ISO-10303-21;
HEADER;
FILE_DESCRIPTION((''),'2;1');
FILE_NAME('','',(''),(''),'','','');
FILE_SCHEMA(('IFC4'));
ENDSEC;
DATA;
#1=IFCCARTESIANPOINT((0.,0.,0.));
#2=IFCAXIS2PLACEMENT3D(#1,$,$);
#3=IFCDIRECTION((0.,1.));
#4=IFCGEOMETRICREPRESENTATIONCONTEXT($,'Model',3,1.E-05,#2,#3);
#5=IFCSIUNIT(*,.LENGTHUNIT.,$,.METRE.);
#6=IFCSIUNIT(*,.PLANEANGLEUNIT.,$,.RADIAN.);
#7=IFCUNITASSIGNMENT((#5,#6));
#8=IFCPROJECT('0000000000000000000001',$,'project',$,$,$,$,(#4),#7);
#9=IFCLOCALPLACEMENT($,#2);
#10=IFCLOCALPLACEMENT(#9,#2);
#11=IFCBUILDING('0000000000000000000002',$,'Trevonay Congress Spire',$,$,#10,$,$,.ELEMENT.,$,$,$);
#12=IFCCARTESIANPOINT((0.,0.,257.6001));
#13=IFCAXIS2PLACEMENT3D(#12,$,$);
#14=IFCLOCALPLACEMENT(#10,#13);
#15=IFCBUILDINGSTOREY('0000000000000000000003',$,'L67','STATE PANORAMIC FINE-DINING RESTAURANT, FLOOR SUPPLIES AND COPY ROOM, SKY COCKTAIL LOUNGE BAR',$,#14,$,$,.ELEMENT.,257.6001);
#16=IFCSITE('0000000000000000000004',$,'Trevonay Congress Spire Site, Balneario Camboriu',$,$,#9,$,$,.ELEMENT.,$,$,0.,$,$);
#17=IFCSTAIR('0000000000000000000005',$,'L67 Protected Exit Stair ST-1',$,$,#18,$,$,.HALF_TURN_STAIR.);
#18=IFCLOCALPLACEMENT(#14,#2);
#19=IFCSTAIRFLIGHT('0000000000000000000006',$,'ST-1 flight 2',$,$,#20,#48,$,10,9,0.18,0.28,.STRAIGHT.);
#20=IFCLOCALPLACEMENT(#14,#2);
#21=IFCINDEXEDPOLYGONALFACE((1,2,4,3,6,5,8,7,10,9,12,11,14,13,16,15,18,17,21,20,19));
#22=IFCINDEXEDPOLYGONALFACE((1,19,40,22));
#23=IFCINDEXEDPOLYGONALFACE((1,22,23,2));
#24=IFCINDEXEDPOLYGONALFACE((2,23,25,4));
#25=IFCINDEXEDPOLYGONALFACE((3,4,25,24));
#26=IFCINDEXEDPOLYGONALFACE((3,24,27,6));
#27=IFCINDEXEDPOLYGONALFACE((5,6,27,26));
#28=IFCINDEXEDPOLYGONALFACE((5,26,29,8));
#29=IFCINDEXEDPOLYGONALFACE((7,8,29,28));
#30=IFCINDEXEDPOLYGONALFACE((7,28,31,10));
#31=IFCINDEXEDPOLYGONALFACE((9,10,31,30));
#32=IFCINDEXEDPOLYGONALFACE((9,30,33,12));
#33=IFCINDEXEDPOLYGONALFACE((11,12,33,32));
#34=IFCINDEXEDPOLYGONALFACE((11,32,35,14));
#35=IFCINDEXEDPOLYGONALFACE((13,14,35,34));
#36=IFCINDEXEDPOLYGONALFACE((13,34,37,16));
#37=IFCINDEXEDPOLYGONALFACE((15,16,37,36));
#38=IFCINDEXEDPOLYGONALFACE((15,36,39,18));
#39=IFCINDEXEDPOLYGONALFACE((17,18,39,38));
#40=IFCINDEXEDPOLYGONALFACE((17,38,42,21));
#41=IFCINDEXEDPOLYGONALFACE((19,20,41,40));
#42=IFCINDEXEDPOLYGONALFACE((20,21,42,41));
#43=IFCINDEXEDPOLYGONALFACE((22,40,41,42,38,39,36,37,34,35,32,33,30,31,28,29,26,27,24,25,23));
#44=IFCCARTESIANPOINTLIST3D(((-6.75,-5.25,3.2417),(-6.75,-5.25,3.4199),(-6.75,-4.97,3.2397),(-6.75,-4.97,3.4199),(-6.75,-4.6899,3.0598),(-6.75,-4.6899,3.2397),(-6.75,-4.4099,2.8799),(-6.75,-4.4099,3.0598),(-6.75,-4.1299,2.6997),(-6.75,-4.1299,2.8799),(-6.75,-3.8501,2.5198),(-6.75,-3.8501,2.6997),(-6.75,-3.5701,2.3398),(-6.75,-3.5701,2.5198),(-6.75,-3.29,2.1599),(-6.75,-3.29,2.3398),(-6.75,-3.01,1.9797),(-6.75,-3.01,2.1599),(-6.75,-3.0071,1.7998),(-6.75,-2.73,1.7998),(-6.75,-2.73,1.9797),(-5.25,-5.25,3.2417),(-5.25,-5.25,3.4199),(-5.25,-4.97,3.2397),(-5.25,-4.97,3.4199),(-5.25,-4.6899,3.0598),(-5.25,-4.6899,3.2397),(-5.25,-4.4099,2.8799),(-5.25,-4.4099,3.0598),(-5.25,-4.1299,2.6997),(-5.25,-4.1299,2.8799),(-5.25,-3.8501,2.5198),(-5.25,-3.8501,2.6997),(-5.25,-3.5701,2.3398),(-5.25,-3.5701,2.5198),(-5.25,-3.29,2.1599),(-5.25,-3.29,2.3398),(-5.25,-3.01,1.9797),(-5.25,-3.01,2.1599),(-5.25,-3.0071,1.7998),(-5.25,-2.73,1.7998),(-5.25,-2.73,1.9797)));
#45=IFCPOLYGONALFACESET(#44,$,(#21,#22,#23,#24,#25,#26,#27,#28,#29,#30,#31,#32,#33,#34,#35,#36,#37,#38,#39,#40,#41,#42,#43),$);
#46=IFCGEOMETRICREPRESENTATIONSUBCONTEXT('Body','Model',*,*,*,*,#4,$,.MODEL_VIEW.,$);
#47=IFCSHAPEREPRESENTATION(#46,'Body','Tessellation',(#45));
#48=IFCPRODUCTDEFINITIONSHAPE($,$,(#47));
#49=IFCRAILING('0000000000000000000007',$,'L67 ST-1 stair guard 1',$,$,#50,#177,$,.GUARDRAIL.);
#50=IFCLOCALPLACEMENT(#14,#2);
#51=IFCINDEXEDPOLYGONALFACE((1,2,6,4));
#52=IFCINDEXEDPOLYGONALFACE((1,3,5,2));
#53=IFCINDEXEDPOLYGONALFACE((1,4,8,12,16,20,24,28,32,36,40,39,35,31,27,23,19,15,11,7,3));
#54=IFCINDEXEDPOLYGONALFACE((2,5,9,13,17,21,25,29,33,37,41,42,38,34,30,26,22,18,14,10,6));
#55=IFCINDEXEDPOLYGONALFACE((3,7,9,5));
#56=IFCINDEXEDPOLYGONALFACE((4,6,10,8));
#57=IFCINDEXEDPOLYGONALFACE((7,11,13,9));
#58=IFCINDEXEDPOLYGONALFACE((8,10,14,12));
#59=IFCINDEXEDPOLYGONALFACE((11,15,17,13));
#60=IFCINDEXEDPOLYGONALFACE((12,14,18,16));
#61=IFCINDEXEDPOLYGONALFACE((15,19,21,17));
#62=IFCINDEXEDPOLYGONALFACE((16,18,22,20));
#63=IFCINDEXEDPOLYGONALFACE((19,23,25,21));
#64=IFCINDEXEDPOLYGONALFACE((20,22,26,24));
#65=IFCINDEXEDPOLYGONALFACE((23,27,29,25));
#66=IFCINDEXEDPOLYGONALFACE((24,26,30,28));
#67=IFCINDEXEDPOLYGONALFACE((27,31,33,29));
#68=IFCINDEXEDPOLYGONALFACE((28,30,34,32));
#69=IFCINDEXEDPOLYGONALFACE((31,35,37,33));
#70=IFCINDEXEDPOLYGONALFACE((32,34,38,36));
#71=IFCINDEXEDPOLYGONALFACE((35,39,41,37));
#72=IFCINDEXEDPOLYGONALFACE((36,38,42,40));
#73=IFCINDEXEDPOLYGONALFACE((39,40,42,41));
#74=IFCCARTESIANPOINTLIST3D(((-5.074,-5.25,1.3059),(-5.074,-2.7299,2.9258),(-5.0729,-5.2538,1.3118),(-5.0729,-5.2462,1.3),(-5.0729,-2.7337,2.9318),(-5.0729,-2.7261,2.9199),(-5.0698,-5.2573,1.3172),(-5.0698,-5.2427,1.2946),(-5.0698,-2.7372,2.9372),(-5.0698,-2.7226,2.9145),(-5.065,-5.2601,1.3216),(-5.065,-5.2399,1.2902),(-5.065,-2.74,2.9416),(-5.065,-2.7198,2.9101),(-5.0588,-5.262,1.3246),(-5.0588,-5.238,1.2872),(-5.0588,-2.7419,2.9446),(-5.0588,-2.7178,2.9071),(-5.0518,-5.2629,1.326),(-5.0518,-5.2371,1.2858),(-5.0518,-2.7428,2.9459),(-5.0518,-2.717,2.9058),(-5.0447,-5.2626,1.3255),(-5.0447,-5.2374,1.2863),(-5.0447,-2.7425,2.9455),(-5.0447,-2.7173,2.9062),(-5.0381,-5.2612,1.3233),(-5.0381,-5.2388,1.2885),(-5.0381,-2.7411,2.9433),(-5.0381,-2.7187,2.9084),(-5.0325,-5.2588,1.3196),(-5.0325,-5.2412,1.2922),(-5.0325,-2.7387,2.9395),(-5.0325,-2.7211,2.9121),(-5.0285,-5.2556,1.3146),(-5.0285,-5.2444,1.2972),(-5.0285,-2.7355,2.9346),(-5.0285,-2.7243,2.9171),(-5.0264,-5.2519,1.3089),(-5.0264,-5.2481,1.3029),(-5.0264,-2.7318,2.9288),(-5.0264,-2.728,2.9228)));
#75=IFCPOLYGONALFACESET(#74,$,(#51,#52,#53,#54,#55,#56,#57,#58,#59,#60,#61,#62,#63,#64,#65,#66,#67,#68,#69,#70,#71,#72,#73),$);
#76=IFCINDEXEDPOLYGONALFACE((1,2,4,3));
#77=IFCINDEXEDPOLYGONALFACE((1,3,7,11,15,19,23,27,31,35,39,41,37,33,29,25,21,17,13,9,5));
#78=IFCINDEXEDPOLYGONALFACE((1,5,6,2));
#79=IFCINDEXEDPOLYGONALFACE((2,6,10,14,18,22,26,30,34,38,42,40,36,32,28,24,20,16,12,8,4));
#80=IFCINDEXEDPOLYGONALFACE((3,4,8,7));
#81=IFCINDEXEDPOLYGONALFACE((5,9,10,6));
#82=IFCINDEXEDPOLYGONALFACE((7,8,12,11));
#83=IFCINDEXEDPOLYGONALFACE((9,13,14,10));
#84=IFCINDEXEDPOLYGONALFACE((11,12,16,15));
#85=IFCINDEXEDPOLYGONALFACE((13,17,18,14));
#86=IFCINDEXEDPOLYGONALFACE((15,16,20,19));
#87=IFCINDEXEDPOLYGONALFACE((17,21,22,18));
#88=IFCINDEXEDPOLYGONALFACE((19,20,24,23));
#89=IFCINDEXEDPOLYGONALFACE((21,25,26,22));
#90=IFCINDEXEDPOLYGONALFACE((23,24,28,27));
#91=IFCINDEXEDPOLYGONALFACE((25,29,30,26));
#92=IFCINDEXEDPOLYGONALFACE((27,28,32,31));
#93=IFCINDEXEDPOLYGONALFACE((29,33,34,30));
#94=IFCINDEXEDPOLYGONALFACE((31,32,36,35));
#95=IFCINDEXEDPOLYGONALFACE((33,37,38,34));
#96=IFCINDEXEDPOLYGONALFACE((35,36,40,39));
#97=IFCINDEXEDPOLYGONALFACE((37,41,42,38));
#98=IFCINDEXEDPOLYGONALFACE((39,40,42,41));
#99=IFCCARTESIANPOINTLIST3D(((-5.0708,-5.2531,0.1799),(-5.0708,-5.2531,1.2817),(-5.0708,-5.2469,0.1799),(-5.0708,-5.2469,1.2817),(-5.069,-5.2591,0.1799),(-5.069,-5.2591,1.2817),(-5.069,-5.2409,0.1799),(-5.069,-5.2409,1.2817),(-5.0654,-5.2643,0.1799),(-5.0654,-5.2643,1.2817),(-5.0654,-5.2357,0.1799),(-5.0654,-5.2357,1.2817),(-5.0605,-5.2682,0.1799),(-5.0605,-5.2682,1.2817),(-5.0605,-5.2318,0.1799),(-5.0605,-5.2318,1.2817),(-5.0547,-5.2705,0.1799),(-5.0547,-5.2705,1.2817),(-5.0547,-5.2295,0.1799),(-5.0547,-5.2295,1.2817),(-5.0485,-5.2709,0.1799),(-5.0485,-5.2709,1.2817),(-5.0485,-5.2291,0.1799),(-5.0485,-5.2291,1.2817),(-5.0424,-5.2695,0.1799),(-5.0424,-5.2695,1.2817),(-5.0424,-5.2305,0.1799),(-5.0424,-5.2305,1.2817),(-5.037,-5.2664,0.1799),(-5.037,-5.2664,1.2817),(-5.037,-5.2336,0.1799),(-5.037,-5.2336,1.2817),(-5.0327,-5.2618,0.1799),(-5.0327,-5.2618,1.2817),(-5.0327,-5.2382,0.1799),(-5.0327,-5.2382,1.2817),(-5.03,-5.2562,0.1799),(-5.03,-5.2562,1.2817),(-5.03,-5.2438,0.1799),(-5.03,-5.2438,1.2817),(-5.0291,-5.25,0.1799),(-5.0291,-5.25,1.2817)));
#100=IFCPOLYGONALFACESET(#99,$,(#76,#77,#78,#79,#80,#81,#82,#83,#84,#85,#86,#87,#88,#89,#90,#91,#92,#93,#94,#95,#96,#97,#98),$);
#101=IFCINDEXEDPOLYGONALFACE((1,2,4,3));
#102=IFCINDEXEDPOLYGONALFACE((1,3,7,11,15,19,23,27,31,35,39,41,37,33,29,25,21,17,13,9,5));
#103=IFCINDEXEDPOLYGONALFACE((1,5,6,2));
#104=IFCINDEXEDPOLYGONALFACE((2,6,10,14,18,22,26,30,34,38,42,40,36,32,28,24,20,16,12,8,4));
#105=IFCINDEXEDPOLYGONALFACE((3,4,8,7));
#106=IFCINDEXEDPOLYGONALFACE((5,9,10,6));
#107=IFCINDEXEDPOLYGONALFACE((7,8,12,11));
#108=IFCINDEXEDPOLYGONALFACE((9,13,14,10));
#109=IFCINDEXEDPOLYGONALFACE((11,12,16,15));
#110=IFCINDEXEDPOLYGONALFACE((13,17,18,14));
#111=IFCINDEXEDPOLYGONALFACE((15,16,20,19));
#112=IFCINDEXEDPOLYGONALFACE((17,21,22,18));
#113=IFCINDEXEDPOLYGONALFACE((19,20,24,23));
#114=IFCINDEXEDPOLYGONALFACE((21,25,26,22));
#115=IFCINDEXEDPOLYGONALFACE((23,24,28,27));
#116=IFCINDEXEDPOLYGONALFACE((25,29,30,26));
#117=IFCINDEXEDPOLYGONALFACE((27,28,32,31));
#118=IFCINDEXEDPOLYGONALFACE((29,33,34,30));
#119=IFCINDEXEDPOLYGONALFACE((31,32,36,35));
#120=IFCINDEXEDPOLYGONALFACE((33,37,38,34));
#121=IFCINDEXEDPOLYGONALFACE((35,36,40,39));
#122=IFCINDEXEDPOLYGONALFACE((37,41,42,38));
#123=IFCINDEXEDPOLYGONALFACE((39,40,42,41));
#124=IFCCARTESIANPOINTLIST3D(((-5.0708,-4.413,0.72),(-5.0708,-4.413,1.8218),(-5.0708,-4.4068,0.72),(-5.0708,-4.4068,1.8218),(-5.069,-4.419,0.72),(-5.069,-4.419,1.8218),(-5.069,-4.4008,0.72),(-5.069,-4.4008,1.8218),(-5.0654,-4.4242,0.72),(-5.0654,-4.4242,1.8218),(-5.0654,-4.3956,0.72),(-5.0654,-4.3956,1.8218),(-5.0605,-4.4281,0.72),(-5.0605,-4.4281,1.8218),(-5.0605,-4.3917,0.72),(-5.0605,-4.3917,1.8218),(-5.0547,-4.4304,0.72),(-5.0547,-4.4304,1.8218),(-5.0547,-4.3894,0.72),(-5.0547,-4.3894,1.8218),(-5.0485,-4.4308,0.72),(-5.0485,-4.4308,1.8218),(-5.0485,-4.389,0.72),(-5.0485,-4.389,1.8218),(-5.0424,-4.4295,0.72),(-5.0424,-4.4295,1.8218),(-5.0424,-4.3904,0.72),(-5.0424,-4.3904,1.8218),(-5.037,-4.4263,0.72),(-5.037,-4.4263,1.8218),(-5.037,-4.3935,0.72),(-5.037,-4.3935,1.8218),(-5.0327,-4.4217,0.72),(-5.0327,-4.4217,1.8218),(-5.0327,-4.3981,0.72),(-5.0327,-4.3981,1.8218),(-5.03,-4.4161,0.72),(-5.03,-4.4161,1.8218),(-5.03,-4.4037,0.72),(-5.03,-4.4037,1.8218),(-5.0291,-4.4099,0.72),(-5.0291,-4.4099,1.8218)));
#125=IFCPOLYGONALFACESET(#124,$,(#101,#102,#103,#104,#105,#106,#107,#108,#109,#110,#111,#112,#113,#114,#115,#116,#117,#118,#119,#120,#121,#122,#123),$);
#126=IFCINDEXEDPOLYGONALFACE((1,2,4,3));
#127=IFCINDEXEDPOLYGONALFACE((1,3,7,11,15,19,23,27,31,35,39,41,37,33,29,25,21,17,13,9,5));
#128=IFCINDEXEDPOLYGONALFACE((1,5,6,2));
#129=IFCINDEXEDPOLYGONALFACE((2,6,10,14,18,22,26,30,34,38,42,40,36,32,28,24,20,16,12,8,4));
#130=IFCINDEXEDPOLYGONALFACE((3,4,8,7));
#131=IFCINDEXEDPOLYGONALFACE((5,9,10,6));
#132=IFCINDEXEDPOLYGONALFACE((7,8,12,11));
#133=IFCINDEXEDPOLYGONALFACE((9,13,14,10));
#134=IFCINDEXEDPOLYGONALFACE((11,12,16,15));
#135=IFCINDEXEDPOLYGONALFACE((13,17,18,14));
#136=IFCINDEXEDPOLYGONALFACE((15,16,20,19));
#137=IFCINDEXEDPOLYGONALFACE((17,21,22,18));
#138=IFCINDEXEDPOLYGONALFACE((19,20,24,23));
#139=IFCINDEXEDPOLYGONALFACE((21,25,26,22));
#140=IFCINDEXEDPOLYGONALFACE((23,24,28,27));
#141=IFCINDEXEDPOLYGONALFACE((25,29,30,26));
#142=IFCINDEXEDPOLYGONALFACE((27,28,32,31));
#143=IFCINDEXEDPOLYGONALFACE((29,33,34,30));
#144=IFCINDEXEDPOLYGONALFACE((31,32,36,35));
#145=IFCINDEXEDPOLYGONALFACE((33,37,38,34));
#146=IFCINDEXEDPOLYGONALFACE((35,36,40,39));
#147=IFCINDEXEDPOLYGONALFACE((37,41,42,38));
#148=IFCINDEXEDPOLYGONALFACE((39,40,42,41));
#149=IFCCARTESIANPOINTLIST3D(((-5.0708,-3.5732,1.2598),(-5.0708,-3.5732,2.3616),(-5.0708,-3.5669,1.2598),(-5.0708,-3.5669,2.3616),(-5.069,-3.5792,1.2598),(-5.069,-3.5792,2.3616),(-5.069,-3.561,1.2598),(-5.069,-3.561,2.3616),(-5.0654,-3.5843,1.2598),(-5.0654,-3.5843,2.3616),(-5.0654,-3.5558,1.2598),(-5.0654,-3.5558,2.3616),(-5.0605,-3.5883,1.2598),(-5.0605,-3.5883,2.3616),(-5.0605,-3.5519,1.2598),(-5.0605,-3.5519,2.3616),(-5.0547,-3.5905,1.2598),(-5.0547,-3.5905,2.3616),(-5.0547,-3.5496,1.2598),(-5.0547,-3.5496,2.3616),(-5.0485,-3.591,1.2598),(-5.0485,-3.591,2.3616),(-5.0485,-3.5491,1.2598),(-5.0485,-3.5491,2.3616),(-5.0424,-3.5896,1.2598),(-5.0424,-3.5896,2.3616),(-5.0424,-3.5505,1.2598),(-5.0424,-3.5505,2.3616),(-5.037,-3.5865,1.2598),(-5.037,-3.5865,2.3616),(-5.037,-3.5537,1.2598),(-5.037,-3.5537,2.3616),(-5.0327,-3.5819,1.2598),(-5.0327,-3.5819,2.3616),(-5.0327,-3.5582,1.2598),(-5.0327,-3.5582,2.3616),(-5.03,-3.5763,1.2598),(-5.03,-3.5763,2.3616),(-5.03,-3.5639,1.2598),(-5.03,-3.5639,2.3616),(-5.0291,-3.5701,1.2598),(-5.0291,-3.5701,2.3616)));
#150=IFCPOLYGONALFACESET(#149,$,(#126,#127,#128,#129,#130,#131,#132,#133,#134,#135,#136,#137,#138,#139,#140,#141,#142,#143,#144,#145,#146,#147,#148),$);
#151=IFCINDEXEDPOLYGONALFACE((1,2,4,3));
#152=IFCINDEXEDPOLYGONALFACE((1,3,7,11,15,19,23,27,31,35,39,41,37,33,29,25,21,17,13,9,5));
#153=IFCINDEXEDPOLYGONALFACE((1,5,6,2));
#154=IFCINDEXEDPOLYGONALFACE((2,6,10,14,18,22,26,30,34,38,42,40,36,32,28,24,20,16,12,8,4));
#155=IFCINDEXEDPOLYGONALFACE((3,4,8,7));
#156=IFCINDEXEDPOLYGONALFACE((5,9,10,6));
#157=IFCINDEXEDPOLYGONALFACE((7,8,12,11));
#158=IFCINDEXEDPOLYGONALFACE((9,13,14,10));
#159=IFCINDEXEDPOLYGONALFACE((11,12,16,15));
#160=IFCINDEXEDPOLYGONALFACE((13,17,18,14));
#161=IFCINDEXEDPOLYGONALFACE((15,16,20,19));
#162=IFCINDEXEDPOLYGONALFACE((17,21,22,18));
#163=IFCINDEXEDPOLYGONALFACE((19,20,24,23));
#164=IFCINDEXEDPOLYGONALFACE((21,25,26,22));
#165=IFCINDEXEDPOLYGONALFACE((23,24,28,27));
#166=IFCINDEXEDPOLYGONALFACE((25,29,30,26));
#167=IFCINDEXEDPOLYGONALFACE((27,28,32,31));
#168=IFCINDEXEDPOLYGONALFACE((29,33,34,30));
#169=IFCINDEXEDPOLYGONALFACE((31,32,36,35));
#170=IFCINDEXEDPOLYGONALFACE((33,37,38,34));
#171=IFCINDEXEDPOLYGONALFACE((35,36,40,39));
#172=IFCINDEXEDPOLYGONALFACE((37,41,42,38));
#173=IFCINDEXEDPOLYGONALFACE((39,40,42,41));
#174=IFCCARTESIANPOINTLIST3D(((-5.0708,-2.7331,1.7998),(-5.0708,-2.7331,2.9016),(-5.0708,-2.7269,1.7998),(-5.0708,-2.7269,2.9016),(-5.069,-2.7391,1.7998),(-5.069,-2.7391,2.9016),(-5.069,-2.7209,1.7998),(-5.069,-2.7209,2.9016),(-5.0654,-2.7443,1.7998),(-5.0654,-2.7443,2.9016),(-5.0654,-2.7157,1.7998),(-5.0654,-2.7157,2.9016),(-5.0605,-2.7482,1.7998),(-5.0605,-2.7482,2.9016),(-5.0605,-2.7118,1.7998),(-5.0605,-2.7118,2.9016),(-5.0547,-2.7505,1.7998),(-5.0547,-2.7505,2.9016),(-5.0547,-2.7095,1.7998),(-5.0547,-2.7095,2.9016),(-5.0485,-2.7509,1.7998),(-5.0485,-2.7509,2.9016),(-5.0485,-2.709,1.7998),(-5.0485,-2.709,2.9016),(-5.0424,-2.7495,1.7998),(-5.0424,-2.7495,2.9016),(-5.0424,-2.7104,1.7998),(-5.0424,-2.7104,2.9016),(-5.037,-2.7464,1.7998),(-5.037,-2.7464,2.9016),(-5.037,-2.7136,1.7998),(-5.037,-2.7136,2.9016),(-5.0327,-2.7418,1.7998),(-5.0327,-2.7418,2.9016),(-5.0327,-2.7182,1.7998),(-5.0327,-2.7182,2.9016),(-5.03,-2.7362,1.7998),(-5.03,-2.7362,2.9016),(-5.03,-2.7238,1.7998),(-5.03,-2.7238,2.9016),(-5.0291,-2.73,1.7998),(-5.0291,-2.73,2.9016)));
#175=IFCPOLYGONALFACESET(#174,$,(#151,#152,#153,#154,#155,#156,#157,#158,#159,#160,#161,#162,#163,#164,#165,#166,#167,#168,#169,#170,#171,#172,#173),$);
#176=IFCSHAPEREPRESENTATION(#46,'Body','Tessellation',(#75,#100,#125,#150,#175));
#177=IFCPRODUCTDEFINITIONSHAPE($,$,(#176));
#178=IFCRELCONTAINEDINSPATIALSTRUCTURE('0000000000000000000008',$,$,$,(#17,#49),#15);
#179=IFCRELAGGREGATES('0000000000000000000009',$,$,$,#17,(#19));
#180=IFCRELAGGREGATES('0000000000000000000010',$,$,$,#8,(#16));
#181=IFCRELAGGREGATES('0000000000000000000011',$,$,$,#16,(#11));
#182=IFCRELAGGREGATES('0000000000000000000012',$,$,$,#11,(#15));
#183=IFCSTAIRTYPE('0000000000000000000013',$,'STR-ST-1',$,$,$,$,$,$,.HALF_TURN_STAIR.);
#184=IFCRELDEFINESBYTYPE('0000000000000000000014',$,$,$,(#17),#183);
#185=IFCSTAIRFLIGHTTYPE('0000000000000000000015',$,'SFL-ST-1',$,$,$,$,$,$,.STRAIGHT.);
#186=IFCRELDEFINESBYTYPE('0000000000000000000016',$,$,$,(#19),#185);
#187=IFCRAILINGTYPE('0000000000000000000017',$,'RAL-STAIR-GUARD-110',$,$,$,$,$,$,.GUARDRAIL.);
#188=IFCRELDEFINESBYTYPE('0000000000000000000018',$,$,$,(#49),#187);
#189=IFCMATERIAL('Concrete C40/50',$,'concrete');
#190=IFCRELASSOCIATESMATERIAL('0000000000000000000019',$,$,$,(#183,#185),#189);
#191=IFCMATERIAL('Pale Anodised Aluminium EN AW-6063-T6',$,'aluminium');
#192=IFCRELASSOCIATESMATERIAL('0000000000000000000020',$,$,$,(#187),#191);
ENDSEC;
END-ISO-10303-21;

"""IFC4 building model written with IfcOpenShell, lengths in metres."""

from ifc_helpers import new_model, si_unit, direction, frame, origin, origin_2d, place, context, subcontext, project, spatial, polyline, circle, outline, extrude, material, type_object, element, aggregate, save


model = new_model("IFC4")

# Units and contexts
model_context = context("Model", 3, precision=1e-05, world=origin(), true_north=direction((0.0, 1.0)))
body_context = subcontext(model_context, "Body", "Model", "MODEL_VIEW")
ifc_project = project(units=[si_unit("LENGTHUNIT", "METRE"), si_unit("PLANEANGLEUNIT", "RADIAN")], contexts=[model_context])

# Site, building, storey
site_placement = place(None, origin())
site = spatial("IfcSite", under=ifc_project, at=site_placement, Name="Trevonay Congress Spire Site, Balneario Camboriu", CompositionType="ELEMENT", RefElevation=0.0)
building_placement = place(site_placement, origin())
building = spatial("IfcBuilding", under=site, at=building_placement, Name="Trevonay Congress Spire", CompositionType="ELEMENT")
storey_placement = place(building_placement, frame((0.0, 0.0, 257.6001)))
storey = spatial("IfcBuildingStorey", under=building, at=storey_placement, Name="L67", Description="STATE PANORAMIC FINE-DINING RESTAURANT, FLOOR SUPPLIES AND COPY ROOM, SKY COCKTAIL LOUNGE BAR", CompositionType="ELEMENT", Elevation=257.6001)

# Shared definitions
ifc_material_1 = material(Name="Concrete C40/50", Category="concrete")

# Stair, stair flight
stair_type = type_object("IfcStairType", Name="STR-ST-1", PredefinedType="HALF_TURN_STAIR", material=ifc_material_1)
stair_placement = place(storey_placement, origin())
stair = element("IfcStair", 1, at=stair_placement, inside=storey, type_object=stair_type, Name="L67 Protected Exit Stair ST-1", PredefinedType="HALF_TURN_STAIR")
stair_flight_type = type_object("IfcStairFlightType", Name="SFL-ST-1", PredefinedType="STRAIGHT", material=ifc_material_1)
stair_flight_1_placement = place(storey_placement, frame((-6.0, -2.73, 1.7998), z_axis=(0.0, 0.0, 1.0), x_axis=(0.0, -1.0, 0.0)))
stair_flight_1 = element("IfcStairFlight", 2, at=stair_flight_1_placement, type_object=stair_flight_type, Name="ST-1 flight 2", NumberOfRisers=10, NumberOfTreads=9, PredefinedType="STRAIGHT", RiserHeight=0.18, TreadLength=0.28, context=body_context, shape_type="SweptSolid", body=[
    extrude(outline(polyline([(0.0, 0.0), (0.0, 0.1799), (0.28, 0.1799), (0.28, 0.3601), (0.5601, 0.3601), (0.5601, 0.54), (0.8401, 0.54), (0.8401, 0.72), (1.1201, 0.72), (1.1201, 0.8999), (1.3999, 0.8999), (1.3999, 1.0801), (1.6799, 1.0801), (1.6799, 1.26), (1.96, 1.26), (1.96, 1.4399), (2.24, 1.4399), (2.24, 1.6201), (2.52, 1.6201), (2.52, 1.8), (2.52, 1.4419), (0.2771, 0.0), (0.0, 0.0)])), frame((0.0, 0.75, 0.0), z_axis=(0.0, -1.0, 0.0), x_axis=(1.0, 0.0, 0.0)), (0.0, 0.0, 1.0), 1.5),
])
aggregate(stair, [stair_flight_1])

# Railing
ifc_material_2 = material(Name="Pale Anodised Aluminium EN AW-6063-T6", Category="aluminium")
railing_type_1 = type_object("IfcRailingType", Name="RAL-STAIR-GUARD-110", PredefinedType="GUARDRAIL", material=ifc_material_2)
railing_1_placement = place(storey_placement, frame((-5.05, -5.25, 0.1799)))
element("IfcRailing", 3, at=railing_1_placement, inside=storey, type_object=railing_type_1, Name="L67 ST-1 stair guard 1", PredefinedType="GUARDRAIL", context=body_context, shape_type="SweptSolid", body=[
    extrude(circle(Radius=0.0239, at=origin_2d()), frame((0.0, 0.0, 1.126), z_axis=(0.0, 0.8412, 0.540725), x_axis=(-1.0, 0.0, 0.0)), (0.0, 0.0, 1.0), 2.9958),
    extrude(circle(Radius=0.021, at=origin_2d()), origin(), (0.0, 0.0, 1.0), 1.1018),
    extrude(circle(Radius=0.021, at=origin_2d()), frame((0.0, 0.8401, 0.54)), (0.0, 0.0, 1.0), 1.1018),
    extrude(circle(Radius=0.021, at=origin_2d()), frame((0.0, 1.6799, 1.0798)), (0.0, 0.0, 1.0), 1.1018),
    extrude(circle(Radius=0.021, at=origin_2d()), frame((0.0, 2.52, 1.6199)), (0.0, 0.0, 1.0), 1.1018),
])

save(model, "model.ifc")
